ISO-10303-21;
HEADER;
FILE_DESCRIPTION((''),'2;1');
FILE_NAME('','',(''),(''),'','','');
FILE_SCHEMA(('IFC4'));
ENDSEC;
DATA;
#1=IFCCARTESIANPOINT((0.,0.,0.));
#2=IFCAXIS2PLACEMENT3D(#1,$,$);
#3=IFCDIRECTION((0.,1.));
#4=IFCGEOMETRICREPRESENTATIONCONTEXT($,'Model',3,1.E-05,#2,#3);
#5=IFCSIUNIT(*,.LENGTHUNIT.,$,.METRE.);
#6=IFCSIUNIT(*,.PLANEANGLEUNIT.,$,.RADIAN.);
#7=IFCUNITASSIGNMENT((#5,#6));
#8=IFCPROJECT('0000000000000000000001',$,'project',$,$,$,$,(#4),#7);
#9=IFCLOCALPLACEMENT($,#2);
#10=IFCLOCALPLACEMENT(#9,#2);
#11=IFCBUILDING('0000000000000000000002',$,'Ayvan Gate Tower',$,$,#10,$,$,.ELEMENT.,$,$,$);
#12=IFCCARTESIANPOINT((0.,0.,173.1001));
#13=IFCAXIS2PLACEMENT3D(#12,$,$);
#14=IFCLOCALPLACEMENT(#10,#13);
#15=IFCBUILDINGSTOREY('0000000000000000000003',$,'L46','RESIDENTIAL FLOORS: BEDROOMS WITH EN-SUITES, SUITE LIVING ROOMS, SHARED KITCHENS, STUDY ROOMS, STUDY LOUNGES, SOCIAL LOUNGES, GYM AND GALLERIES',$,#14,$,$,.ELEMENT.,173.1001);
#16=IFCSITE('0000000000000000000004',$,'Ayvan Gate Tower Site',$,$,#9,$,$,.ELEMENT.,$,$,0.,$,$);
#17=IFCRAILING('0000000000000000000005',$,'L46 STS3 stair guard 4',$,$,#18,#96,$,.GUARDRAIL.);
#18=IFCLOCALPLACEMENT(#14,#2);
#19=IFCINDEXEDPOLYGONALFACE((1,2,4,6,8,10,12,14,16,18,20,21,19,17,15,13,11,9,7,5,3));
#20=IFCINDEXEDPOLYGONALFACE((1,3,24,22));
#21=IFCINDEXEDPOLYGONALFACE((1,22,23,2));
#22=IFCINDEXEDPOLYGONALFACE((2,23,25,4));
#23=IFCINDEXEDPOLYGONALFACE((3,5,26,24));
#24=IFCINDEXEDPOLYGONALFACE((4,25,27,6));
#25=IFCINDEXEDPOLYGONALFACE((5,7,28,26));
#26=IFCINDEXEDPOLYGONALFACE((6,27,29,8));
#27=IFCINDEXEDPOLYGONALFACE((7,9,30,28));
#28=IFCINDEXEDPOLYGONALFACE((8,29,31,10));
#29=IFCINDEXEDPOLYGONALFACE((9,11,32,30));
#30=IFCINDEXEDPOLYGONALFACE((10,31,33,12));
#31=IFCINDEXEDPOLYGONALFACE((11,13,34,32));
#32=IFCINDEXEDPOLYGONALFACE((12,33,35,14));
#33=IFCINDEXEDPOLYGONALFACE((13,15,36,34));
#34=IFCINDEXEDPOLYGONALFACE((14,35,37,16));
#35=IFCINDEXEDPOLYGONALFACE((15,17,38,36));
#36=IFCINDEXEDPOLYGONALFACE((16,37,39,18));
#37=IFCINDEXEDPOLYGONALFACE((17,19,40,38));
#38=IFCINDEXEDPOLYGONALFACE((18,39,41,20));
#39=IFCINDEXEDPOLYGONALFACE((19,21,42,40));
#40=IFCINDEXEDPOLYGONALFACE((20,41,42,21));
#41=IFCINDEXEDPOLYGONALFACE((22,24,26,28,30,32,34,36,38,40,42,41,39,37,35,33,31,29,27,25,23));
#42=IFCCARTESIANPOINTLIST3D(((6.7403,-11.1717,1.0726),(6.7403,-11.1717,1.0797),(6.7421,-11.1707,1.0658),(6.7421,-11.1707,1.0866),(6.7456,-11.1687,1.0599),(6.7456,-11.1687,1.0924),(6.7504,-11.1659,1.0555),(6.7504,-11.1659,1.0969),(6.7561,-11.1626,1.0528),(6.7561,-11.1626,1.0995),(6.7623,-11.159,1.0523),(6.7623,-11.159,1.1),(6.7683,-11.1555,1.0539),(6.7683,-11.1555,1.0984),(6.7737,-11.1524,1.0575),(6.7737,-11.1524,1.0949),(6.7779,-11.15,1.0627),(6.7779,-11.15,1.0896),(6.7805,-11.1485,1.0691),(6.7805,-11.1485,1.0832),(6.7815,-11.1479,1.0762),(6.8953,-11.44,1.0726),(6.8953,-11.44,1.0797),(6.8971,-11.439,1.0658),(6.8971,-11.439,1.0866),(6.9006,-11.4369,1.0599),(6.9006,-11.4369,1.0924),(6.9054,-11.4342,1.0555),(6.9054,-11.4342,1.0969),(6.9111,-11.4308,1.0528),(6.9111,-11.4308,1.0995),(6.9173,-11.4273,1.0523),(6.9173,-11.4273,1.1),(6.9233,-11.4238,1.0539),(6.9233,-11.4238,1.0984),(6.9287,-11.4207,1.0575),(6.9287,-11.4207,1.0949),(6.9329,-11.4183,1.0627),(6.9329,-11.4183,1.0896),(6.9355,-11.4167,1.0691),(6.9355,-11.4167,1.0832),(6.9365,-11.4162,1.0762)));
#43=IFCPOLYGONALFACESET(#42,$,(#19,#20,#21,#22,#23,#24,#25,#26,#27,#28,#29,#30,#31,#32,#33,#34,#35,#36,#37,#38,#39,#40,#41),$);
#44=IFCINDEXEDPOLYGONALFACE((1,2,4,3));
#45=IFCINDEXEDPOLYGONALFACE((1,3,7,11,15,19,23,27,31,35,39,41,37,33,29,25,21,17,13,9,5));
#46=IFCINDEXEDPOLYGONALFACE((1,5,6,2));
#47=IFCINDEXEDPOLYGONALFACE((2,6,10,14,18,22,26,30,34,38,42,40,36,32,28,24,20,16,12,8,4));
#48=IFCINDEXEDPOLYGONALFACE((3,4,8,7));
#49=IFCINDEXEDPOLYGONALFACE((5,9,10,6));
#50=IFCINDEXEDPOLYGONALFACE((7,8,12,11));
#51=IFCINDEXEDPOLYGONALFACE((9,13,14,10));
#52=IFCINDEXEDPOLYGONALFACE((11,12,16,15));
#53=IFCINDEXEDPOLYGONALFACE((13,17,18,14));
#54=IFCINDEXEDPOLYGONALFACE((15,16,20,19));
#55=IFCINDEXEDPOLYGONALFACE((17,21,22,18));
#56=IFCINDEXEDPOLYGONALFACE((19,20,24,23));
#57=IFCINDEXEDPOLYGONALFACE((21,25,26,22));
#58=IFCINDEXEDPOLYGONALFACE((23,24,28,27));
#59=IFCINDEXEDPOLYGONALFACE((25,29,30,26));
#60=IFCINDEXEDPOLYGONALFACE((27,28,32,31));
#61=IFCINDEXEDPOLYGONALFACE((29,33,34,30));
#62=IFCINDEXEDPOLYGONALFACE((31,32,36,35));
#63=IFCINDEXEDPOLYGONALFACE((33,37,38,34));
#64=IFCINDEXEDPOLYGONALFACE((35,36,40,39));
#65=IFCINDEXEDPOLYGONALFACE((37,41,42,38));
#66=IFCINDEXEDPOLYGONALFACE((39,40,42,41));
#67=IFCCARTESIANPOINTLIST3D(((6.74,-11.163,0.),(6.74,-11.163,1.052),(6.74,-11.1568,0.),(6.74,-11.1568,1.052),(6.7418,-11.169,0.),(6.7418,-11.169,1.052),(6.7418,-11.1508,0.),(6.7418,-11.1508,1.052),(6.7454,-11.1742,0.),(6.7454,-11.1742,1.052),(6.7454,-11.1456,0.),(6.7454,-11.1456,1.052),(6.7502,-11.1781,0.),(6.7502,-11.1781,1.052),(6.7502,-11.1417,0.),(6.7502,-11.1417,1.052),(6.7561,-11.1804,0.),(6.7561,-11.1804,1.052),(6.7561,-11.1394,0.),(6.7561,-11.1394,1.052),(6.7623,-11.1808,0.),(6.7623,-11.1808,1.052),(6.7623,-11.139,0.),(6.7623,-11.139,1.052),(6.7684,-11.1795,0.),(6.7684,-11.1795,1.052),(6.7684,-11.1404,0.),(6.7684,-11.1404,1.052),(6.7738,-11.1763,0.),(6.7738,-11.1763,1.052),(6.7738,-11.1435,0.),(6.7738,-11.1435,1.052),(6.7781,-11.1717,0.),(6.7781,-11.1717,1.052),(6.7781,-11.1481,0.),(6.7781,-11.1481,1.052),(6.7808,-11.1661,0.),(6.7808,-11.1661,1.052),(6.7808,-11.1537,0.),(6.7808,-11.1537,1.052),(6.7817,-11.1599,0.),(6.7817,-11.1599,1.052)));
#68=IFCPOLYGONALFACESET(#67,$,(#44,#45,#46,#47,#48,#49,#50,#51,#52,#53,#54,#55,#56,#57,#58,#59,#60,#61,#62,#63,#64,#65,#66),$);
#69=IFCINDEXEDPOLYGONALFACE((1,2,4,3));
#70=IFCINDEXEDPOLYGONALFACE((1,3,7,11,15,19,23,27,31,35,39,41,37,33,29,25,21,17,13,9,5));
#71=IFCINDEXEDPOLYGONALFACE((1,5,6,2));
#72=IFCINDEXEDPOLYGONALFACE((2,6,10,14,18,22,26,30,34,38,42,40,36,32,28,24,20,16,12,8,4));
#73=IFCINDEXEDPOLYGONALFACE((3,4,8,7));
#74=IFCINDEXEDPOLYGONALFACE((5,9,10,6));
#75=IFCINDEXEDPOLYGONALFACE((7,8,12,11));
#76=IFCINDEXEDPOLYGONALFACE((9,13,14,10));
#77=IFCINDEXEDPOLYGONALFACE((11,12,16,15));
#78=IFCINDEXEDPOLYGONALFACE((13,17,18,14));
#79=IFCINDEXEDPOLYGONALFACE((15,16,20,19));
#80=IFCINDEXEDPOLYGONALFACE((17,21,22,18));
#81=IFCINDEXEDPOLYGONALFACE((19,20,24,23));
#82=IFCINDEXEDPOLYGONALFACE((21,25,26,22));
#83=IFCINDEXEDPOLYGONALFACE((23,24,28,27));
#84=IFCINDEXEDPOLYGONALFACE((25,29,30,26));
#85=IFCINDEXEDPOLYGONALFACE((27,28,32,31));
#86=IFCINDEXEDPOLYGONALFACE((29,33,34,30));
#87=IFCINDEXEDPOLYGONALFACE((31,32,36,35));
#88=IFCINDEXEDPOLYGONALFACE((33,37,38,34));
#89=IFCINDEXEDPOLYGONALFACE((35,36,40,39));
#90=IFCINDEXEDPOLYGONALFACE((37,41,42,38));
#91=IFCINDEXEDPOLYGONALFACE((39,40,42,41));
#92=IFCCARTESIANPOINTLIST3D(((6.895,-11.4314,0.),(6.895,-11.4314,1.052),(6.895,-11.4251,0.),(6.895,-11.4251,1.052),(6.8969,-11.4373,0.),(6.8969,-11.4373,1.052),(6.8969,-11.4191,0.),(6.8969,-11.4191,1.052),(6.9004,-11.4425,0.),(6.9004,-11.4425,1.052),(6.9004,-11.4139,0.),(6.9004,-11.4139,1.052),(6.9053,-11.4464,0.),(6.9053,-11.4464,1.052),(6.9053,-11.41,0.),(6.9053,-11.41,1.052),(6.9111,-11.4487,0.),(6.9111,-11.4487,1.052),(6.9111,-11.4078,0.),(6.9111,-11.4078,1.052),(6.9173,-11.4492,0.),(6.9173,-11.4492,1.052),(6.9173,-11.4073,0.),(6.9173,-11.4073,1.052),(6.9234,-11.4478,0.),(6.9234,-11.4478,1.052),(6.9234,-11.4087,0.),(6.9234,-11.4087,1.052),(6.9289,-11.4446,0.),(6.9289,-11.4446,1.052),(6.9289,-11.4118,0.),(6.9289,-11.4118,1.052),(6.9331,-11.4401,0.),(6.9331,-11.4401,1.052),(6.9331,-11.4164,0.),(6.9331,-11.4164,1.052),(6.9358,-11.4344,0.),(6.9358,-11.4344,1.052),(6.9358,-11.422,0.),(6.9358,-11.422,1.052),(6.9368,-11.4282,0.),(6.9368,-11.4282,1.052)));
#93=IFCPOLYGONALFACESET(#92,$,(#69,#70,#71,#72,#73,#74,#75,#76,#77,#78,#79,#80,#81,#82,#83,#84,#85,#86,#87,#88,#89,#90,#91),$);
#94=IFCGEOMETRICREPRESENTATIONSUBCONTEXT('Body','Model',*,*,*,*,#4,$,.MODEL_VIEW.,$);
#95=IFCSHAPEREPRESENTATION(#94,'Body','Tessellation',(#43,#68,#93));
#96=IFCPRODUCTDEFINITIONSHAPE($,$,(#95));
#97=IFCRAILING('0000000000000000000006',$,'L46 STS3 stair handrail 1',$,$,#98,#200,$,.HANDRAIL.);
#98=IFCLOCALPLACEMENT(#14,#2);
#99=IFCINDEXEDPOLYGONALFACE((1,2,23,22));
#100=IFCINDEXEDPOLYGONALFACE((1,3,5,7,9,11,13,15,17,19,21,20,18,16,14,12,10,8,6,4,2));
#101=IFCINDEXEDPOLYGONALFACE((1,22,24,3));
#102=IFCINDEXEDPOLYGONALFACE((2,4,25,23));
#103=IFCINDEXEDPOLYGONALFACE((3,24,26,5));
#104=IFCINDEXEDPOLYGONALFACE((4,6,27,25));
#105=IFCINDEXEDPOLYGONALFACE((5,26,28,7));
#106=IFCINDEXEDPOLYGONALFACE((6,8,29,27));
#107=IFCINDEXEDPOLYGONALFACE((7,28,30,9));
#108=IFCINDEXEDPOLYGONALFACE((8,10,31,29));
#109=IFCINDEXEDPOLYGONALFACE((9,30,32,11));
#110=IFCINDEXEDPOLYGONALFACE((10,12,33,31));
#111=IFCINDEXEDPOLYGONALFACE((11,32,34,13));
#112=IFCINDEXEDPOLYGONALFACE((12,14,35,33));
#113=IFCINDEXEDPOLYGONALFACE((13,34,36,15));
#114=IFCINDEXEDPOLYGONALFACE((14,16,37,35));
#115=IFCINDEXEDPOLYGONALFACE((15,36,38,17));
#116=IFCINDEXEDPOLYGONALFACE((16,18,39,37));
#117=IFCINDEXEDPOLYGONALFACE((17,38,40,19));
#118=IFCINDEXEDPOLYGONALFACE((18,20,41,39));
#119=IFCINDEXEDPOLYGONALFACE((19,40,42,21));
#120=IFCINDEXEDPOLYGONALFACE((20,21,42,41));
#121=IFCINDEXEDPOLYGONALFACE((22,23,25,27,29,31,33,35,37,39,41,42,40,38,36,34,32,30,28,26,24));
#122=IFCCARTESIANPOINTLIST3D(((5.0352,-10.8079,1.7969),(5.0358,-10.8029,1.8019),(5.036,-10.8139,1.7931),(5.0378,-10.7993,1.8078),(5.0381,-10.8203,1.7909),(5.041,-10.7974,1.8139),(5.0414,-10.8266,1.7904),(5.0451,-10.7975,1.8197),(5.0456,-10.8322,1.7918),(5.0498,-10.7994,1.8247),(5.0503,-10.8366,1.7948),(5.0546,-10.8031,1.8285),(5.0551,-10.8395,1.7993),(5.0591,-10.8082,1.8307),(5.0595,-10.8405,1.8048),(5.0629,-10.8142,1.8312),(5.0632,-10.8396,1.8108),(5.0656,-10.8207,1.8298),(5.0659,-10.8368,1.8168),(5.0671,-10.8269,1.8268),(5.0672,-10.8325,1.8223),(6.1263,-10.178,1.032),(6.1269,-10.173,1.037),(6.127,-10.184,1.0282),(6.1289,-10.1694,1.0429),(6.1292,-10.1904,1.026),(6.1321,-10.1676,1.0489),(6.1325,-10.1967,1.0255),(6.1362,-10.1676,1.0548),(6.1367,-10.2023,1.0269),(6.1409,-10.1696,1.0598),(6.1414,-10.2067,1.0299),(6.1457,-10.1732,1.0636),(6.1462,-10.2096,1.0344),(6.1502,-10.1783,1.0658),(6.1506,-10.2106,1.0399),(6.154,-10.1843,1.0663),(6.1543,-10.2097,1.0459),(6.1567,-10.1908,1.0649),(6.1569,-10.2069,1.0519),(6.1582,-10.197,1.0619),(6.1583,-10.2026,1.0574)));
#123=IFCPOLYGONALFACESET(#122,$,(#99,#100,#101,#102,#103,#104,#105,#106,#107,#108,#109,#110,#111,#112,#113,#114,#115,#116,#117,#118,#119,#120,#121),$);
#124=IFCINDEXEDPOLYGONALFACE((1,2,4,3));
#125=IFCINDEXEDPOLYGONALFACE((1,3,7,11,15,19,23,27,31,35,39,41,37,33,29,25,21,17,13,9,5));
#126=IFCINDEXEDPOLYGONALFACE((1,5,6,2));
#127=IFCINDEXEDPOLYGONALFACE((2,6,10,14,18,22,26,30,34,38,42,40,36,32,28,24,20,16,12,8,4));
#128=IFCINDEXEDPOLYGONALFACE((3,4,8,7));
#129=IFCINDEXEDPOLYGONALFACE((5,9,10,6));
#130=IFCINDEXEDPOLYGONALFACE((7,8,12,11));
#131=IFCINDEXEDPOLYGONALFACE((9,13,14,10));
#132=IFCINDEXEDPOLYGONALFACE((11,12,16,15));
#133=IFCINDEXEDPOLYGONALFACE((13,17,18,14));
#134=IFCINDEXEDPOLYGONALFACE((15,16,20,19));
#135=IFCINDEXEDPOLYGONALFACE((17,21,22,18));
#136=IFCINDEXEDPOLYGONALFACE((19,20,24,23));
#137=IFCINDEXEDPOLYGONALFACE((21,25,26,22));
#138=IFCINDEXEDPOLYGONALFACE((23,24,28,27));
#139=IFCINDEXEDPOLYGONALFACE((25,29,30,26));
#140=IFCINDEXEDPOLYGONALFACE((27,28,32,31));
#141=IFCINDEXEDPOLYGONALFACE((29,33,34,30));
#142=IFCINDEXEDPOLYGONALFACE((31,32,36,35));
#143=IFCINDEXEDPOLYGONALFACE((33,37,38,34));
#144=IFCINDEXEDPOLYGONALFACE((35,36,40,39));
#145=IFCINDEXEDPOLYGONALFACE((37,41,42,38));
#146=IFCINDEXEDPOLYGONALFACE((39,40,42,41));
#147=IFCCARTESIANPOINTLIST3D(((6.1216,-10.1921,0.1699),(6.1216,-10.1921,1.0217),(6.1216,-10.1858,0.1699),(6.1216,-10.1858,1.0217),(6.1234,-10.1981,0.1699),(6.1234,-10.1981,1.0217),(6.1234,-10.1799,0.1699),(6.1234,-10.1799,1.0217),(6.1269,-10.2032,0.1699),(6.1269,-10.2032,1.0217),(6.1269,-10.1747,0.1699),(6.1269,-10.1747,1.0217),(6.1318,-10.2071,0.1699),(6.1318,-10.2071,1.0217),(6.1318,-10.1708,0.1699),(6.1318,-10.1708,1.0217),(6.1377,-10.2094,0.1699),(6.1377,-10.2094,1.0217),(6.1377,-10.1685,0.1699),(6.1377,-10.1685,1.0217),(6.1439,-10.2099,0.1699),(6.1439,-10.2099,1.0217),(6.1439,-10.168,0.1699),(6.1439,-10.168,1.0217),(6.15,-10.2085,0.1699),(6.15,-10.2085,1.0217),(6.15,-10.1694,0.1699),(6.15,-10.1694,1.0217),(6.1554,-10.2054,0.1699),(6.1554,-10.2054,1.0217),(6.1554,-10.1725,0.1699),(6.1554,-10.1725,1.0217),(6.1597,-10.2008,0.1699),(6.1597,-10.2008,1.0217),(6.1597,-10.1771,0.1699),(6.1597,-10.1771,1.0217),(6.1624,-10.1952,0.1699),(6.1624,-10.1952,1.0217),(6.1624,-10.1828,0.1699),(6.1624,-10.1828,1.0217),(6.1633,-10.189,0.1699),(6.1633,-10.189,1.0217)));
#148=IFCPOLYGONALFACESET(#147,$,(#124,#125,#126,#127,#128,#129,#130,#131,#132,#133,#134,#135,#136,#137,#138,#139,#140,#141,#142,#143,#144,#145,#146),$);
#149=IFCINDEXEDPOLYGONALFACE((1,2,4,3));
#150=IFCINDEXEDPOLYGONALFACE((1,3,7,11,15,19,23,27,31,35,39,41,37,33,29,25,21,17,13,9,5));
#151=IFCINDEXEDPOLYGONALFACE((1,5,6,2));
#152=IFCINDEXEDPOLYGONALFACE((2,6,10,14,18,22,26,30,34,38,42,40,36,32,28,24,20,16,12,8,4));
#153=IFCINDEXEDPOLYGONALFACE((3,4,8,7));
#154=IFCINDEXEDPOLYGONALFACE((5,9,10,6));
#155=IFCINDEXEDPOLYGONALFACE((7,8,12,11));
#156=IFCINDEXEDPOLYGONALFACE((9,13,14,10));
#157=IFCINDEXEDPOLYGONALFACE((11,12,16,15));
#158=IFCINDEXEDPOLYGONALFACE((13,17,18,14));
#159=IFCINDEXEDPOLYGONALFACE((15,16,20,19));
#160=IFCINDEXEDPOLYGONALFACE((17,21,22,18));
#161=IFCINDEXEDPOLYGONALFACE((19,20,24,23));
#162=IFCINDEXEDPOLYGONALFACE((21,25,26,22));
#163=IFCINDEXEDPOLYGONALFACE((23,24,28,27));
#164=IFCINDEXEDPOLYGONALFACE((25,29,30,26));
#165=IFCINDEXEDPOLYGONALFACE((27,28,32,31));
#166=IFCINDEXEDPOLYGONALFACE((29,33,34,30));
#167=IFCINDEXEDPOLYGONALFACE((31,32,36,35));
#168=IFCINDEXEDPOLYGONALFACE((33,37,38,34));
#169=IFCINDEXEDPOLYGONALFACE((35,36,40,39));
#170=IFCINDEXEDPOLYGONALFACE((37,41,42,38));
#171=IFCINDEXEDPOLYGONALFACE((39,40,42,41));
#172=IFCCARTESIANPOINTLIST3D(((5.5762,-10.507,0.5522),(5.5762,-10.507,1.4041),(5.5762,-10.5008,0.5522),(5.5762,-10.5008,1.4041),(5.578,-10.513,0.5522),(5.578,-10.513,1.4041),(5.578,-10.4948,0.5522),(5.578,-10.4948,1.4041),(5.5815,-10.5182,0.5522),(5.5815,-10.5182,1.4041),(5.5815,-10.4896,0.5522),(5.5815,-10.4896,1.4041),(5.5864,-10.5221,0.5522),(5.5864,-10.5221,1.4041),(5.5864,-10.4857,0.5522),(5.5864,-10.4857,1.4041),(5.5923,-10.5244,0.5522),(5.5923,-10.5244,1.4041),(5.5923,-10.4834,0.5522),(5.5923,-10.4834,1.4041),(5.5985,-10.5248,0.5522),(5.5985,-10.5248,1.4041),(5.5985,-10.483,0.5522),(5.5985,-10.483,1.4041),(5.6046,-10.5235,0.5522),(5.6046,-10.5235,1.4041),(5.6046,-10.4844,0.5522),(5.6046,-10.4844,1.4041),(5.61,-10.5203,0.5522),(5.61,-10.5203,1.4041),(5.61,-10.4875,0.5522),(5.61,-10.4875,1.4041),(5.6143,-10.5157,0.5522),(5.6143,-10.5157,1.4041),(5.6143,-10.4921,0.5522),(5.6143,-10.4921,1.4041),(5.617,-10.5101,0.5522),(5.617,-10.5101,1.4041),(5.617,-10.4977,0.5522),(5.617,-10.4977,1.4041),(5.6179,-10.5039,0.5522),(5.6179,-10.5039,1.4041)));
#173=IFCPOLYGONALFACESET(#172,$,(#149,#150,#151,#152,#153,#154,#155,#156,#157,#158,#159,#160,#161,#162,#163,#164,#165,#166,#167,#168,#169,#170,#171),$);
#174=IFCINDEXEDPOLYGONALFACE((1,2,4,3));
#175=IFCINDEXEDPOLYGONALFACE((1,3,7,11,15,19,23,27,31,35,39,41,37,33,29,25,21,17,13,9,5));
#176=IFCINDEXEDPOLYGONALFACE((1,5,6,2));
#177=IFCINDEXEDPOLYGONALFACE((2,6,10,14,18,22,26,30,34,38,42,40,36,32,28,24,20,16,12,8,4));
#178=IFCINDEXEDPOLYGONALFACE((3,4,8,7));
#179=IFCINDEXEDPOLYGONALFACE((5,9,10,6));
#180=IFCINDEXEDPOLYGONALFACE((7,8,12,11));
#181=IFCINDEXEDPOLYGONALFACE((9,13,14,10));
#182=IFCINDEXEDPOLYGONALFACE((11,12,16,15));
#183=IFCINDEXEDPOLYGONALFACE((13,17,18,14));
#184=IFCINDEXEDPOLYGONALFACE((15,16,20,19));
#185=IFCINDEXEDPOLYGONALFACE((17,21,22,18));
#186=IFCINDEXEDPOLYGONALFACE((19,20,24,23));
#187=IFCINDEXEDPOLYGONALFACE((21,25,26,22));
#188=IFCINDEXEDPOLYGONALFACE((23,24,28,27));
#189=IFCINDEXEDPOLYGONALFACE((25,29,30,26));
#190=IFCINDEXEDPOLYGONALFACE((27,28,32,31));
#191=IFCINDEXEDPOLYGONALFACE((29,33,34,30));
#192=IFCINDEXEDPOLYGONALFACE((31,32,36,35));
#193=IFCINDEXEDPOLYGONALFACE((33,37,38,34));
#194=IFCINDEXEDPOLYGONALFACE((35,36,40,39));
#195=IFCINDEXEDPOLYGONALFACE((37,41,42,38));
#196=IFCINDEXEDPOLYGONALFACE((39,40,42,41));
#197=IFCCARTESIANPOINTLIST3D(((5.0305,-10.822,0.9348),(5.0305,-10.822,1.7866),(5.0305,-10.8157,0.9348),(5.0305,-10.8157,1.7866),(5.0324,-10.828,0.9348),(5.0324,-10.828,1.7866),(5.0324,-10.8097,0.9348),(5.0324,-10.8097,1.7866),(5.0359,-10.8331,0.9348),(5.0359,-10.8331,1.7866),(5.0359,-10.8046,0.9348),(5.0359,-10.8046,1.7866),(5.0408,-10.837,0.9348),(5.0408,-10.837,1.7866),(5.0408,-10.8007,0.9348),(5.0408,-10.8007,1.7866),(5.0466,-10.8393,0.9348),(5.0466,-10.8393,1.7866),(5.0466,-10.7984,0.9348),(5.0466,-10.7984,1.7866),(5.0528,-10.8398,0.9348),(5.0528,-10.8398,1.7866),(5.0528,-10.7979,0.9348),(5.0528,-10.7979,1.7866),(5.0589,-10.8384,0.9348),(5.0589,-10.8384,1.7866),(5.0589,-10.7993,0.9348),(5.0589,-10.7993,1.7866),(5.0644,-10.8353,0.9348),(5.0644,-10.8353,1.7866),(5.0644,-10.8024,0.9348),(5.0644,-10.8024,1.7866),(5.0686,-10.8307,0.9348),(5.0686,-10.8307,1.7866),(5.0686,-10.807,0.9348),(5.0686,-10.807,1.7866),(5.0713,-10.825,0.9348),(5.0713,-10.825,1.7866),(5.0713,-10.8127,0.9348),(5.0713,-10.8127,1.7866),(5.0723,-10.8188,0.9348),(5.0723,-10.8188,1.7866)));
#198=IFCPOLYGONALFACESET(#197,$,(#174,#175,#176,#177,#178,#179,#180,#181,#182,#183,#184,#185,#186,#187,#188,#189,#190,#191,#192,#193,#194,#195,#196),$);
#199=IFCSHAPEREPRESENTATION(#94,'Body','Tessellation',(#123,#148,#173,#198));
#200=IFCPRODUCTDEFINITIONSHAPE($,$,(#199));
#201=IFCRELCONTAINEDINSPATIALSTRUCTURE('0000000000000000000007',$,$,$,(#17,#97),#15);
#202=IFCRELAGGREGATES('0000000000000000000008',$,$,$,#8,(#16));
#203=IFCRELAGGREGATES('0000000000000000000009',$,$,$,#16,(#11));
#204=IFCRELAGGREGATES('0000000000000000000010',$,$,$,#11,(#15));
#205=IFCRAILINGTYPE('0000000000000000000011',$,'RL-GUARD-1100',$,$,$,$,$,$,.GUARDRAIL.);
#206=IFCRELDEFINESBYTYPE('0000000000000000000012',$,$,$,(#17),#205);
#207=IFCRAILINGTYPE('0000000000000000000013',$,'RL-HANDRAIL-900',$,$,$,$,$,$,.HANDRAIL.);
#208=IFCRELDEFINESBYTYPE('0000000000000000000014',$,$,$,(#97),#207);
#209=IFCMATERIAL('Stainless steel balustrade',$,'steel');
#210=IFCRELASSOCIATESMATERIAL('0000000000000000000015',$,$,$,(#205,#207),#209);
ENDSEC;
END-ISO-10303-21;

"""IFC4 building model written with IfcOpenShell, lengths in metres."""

from ifc_helpers import new_model, si_unit, direction, frame, origin, origin_2d, place, context, subcontext, project, spatial, circle, extrude, material, type_object, element, save


model = new_model("IFC4")

# Units and contexts
model_context = context("Model", 3, precision=1e-05, world=origin(), true_north=direction((0.0, 1.0)))
body_context = subcontext(model_context, "Body", "Model", "MODEL_VIEW")
ifc_project = project(units=[si_unit("LENGTHUNIT", "METRE"), si_unit("PLANEANGLEUNIT", "RADIAN")], contexts=[model_context])

# Site, building, storey
site_placement = place(None, origin())
site = spatial("IfcSite", under=ifc_project, at=site_placement, Name="Ayvan Gate Tower Site", CompositionType="ELEMENT", RefElevation=0.0)
building_placement = place(site_placement, origin())
building = spatial("IfcBuilding", under=site, at=building_placement, Name="Ayvan Gate Tower", CompositionType="ELEMENT")
storey_placement = place(building_placement, frame((0.0, 0.0, 173.1001)))
storey = spatial("IfcBuildingStorey", under=building, at=storey_placement, Name="L46", Description="RESIDENTIAL FLOORS: BEDROOMS WITH EN-SUITES, SUITE LIVING ROOMS, SHARED KITCHENS, STUDY ROOMS, STUDY LOUNGES, SOCIAL LOUNGES, GYM AND GALLERIES", CompositionType="ELEMENT", Elevation=173.1001)

# Railings
ifc_material_1 = material(Name="Stainless steel balustrade", Category="steel")
railing_type_1 = type_object("IfcRailingType", Name="RL-GUARD-1100", PredefinedType="GUARDRAIL", material=ifc_material_1)
railing_1_placement = place(storey_placement, frame((6.7607, -11.1599, 0.0)))
element("IfcRailing", 1, at=railing_1_placement, inside=storey, type_object=railing_type_1, Name="L46 STS3 stair guard 4", PredefinedType="GUARDRAIL", context=body_context, shape_type="SweptSolid", body=[
    extrude(circle(Radius=0.0239, at=origin_2d()), frame((0.0, 0.0, 1.0762), z_axis=(0.500291, -0.865857, 0.0), x_axis=(0.865857, 0.500291, 0.0)), (0.0, 0.0, 1.0), 0.3098),
    extrude(circle(Radius=0.021, at=origin_2d()), origin(), (0.0, 0.0, 1.0), 1.052),
    extrude(circle(Radius=0.021, at=origin_2d()), frame((0.155, -0.2683, 0.0)), (0.0, 0.0, 1.0), 1.052),
])
railing_type_2 = type_object("IfcRailingType", Name="RL-HANDRAIL-900", PredefinedType="HANDRAIL", material=ifc_material_1)
railing_2_placement = place(storey_placement, frame((6.1423, -10.189, 0.1699)))
element("IfcRailing", 2, at=railing_2_placement, inside=storey, type_object=railing_type_2, Name="L46 STS3 stair handrail 1", PredefinedType="HANDRAIL", context=body_context, shape_type="SweptSolid", body=[
    extrude(circle(Radius=0.0239, at=origin_2d()), frame((0.0, 0.0, 0.876), z_axis=(-0.740282, -0.427372, 0.518976), x_axis=(0.499974, -0.86604, 0.0)), (0.0, 0.0, 1.0), 1.4739),
    extrude(circle(Radius=0.021, at=origin_2d()), origin(), (0.0, 0.0, 1.0), 0.8518),
    extrude(circle(Radius=0.021, at=origin_2d()), frame((-0.5454, -0.3149, 0.3823)), (0.0, 0.0, 1.0), 0.8518),
    extrude(circle(Radius=0.021, at=origin_2d()), frame((-1.0911, -0.6299, 0.7649)), (0.0, 0.0, 1.0), 0.8518),
])

save(model, "model.ifc")
